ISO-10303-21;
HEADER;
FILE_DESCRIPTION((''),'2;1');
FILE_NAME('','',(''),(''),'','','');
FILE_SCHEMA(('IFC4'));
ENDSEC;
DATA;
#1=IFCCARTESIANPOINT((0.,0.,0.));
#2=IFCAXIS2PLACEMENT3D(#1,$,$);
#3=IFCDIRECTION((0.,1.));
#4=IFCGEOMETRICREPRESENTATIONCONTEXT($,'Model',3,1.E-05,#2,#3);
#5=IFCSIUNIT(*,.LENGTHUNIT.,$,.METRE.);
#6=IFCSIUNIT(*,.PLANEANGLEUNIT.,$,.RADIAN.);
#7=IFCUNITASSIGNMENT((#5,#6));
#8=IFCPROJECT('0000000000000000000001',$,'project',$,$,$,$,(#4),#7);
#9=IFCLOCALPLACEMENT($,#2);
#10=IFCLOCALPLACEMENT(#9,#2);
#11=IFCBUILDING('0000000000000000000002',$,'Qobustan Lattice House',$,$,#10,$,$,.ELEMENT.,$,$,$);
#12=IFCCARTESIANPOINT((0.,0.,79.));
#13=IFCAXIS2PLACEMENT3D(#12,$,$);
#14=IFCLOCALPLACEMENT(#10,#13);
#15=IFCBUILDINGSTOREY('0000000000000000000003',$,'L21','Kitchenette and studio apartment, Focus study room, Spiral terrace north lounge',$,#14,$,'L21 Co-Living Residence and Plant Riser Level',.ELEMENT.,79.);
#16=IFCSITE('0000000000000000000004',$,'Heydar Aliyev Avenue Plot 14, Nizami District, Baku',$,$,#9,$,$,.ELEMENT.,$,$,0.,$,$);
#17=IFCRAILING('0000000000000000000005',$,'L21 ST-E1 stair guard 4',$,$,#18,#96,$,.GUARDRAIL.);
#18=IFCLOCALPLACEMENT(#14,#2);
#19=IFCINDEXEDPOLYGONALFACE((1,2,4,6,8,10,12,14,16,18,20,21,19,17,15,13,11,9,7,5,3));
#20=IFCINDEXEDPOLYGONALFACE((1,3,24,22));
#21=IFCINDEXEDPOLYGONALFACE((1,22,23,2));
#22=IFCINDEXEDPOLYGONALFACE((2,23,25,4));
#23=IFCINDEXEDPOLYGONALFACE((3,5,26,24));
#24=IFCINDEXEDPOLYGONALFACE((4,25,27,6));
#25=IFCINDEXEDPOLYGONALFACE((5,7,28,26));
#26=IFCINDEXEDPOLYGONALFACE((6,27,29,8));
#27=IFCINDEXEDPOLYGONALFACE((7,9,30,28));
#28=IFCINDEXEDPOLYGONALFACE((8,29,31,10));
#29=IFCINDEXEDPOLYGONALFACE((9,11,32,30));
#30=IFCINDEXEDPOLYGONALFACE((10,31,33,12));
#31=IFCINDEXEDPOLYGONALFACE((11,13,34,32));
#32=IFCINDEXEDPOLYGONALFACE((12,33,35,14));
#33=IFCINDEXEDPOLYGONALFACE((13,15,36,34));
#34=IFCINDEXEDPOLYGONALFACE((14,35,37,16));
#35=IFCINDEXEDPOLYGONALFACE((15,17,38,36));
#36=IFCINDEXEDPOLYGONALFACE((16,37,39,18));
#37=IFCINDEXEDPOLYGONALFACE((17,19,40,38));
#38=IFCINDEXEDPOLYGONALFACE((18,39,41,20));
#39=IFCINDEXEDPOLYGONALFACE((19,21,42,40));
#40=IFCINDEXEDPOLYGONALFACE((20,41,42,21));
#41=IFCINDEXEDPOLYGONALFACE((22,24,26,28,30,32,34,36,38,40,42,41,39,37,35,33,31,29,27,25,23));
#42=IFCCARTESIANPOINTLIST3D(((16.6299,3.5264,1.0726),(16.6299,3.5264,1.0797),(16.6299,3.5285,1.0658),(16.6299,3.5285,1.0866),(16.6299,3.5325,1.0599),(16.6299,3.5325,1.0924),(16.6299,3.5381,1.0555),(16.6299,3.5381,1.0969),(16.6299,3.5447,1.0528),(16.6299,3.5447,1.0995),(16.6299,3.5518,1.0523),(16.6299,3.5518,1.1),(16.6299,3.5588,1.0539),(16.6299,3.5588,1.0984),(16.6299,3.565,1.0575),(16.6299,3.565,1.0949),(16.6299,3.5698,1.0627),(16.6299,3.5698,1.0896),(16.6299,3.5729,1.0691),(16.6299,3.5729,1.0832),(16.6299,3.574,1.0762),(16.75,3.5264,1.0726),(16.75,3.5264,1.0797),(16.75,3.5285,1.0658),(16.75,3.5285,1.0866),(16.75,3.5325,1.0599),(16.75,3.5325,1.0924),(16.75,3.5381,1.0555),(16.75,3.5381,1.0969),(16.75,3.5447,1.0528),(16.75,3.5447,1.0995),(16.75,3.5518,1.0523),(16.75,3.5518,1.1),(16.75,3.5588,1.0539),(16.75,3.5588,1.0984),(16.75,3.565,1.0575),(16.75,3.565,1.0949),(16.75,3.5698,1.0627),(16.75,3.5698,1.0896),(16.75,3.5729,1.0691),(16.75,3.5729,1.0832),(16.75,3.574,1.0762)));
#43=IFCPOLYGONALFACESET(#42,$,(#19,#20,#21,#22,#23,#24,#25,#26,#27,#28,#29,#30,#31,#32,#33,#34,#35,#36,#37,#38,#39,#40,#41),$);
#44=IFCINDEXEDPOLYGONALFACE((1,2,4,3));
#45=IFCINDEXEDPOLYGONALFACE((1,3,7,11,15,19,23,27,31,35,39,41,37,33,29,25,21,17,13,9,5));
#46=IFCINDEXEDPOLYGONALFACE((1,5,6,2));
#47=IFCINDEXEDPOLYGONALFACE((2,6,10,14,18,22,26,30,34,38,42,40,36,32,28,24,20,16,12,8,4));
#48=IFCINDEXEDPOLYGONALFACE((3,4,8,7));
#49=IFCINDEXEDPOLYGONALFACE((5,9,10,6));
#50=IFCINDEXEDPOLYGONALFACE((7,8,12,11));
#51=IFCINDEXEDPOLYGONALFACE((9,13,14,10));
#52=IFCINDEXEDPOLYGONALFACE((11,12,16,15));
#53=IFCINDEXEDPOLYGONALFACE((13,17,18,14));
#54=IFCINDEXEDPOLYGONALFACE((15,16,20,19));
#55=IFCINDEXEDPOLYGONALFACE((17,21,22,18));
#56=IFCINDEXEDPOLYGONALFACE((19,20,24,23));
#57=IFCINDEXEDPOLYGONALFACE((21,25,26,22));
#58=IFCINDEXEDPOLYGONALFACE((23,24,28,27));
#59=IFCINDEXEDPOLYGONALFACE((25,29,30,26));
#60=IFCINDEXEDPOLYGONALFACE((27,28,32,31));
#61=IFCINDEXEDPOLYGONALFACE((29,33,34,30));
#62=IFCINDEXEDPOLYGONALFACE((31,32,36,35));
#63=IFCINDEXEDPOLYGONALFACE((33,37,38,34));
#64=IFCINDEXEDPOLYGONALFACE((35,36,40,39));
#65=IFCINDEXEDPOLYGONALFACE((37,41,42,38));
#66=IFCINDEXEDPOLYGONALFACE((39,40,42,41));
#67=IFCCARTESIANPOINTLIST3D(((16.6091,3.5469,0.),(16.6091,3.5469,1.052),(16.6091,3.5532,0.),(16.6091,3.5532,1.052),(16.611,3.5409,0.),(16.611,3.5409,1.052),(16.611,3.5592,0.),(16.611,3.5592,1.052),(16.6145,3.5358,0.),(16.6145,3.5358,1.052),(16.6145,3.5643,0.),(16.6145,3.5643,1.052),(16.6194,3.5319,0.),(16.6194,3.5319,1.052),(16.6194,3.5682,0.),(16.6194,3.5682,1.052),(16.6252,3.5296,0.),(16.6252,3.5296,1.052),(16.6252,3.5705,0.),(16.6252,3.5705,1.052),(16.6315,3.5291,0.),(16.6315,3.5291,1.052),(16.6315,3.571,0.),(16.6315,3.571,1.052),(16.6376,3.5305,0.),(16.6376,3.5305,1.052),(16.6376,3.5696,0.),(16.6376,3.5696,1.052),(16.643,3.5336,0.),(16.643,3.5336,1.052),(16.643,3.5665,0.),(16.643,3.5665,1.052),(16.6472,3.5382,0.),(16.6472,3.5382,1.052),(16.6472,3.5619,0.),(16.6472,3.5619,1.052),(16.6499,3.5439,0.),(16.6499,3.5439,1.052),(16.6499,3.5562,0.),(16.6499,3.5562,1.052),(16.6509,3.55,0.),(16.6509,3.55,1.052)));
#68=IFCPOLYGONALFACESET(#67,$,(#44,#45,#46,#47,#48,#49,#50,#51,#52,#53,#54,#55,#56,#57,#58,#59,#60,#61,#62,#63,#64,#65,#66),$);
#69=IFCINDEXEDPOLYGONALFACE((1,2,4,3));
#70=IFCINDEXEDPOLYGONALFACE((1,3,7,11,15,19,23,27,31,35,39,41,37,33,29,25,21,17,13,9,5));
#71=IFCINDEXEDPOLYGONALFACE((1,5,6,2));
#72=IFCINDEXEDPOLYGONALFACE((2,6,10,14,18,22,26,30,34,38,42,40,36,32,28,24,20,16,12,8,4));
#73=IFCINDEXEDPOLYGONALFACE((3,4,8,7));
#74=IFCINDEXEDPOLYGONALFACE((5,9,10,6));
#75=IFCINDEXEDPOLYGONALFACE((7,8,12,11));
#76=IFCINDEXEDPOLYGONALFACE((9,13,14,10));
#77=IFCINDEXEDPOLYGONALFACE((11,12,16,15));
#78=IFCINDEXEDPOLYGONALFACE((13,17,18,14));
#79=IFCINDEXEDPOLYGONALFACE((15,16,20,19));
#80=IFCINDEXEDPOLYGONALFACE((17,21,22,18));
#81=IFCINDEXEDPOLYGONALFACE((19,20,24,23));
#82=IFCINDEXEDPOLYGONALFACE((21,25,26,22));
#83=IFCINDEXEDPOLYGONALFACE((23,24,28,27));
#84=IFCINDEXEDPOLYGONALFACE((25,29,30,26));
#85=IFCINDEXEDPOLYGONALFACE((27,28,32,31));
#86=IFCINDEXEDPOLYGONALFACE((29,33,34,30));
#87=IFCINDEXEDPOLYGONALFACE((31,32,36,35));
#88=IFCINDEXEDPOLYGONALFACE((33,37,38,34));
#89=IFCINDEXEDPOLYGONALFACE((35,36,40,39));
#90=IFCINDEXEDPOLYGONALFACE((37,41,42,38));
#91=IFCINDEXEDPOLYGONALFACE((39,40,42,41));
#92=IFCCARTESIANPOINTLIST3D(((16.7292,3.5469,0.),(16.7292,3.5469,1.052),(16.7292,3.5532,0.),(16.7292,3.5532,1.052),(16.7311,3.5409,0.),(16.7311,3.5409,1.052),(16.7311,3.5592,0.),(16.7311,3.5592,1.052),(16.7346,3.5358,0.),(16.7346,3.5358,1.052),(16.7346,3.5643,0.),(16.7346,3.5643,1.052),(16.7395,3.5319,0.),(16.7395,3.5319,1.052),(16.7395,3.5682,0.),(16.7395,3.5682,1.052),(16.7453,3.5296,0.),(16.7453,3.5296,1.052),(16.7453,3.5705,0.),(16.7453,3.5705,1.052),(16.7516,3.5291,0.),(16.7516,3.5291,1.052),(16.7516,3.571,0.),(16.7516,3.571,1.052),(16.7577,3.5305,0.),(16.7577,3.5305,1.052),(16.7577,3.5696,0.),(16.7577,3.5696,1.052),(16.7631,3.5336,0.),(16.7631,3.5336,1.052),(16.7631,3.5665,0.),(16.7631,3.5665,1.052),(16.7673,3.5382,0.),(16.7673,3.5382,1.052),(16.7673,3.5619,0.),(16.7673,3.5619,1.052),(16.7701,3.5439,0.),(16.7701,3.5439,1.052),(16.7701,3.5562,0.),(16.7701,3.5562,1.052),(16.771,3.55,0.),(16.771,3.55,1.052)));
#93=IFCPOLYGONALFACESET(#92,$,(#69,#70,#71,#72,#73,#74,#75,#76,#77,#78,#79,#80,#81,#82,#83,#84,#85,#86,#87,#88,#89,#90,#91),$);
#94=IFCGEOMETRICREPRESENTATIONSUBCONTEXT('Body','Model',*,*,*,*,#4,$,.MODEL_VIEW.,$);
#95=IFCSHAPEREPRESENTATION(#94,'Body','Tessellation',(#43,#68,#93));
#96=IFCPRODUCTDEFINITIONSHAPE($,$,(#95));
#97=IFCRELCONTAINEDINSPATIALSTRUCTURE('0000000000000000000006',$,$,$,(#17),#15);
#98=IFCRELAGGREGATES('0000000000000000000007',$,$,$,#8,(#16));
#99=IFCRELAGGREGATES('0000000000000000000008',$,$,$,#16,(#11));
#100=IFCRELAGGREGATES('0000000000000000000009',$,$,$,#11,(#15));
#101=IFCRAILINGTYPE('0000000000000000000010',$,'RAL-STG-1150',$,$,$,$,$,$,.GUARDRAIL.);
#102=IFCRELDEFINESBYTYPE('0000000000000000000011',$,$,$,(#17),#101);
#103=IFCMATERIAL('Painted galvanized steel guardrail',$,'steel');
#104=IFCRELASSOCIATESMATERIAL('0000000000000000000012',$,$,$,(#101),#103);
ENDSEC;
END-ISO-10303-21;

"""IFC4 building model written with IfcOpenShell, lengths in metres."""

from ifc_helpers import new_model, si_unit, direction, frame, origin, origin_2d, place, context, subcontext, project, spatial, circle, extrude, material, type_object, element, save


model = new_model("IFC4")

# Units and contexts
model_context = context("Model", 3, precision=1e-05, world=origin(), true_north=direction((0.0, 1.0)))
body_context = subcontext(model_context, "Body", "Model", "MODEL_VIEW")
ifc_project = project(units=[si_unit("LENGTHUNIT", "METRE"), si_unit("PLANEANGLEUNIT", "RADIAN")], contexts=[model_context])

# Site, building, storey
site_placement = place(None, origin())
site = spatial("IfcSite", under=ifc_project, at=site_placement, Name="Heydar Aliyev Avenue Plot 14, Nizami District, Baku", CompositionType="ELEMENT", RefElevation=0.0)
building_placement = place(site_placement, origin())
building = spatial("IfcBuilding", under=site, at=building_placement, Name="Qobustan Lattice House", CompositionType="ELEMENT")
storey_placement = place(building_placement, frame((0.0, 0.0, 79.0)))
storey = spatial("IfcBuildingStorey", under=building, at=storey_placement, Name="L21", Description="Kitchenette and studio apartment, Focus study room, Spiral terrace north lounge", LongName="L21 Co-Living Residence and Plant Riser Level", CompositionType="ELEMENT", Elevation=79.0)

# Railing
ifc_material_1 = material(Name="Painted galvanized steel guardrail", Category="steel")
railing_type_1 = type_object("IfcRailingType", Name="RAL-STG-1150", PredefinedType="GUARDRAIL", material=ifc_material_1)
railing_1_placement = place(storey_placement, frame((16.6299, 3.55, 0.0)))
element("IfcRailing", 1, at=railing_1_placement, inside=storey, type_object=railing_type_1, Name="L21 ST-E1 stair guard 4", PredefinedType="GUARDRAIL", context=body_context, shape_type="SweptSolid", body=[
    extrude(circle(Radius=0.0239, at=origin_2d()), frame((0.0, 0.0, 1.0762), z_axis=(1.0, 0.0, 0.0), x_axis=(0.0, 1.0, 0.0)), (0.0, 0.0, 1.0), 0.1201),
    extrude(circle(Radius=0.021, at=origin_2d()), origin(), (0.0, 0.0, 1.0), 1.052),
    extrude(circle(Radius=0.021, at=origin_2d()), frame((0.1201, 0.0, 0.0)), (0.0, 0.0, 1.0), 1.052),
])

save(model, "model.ifc")
